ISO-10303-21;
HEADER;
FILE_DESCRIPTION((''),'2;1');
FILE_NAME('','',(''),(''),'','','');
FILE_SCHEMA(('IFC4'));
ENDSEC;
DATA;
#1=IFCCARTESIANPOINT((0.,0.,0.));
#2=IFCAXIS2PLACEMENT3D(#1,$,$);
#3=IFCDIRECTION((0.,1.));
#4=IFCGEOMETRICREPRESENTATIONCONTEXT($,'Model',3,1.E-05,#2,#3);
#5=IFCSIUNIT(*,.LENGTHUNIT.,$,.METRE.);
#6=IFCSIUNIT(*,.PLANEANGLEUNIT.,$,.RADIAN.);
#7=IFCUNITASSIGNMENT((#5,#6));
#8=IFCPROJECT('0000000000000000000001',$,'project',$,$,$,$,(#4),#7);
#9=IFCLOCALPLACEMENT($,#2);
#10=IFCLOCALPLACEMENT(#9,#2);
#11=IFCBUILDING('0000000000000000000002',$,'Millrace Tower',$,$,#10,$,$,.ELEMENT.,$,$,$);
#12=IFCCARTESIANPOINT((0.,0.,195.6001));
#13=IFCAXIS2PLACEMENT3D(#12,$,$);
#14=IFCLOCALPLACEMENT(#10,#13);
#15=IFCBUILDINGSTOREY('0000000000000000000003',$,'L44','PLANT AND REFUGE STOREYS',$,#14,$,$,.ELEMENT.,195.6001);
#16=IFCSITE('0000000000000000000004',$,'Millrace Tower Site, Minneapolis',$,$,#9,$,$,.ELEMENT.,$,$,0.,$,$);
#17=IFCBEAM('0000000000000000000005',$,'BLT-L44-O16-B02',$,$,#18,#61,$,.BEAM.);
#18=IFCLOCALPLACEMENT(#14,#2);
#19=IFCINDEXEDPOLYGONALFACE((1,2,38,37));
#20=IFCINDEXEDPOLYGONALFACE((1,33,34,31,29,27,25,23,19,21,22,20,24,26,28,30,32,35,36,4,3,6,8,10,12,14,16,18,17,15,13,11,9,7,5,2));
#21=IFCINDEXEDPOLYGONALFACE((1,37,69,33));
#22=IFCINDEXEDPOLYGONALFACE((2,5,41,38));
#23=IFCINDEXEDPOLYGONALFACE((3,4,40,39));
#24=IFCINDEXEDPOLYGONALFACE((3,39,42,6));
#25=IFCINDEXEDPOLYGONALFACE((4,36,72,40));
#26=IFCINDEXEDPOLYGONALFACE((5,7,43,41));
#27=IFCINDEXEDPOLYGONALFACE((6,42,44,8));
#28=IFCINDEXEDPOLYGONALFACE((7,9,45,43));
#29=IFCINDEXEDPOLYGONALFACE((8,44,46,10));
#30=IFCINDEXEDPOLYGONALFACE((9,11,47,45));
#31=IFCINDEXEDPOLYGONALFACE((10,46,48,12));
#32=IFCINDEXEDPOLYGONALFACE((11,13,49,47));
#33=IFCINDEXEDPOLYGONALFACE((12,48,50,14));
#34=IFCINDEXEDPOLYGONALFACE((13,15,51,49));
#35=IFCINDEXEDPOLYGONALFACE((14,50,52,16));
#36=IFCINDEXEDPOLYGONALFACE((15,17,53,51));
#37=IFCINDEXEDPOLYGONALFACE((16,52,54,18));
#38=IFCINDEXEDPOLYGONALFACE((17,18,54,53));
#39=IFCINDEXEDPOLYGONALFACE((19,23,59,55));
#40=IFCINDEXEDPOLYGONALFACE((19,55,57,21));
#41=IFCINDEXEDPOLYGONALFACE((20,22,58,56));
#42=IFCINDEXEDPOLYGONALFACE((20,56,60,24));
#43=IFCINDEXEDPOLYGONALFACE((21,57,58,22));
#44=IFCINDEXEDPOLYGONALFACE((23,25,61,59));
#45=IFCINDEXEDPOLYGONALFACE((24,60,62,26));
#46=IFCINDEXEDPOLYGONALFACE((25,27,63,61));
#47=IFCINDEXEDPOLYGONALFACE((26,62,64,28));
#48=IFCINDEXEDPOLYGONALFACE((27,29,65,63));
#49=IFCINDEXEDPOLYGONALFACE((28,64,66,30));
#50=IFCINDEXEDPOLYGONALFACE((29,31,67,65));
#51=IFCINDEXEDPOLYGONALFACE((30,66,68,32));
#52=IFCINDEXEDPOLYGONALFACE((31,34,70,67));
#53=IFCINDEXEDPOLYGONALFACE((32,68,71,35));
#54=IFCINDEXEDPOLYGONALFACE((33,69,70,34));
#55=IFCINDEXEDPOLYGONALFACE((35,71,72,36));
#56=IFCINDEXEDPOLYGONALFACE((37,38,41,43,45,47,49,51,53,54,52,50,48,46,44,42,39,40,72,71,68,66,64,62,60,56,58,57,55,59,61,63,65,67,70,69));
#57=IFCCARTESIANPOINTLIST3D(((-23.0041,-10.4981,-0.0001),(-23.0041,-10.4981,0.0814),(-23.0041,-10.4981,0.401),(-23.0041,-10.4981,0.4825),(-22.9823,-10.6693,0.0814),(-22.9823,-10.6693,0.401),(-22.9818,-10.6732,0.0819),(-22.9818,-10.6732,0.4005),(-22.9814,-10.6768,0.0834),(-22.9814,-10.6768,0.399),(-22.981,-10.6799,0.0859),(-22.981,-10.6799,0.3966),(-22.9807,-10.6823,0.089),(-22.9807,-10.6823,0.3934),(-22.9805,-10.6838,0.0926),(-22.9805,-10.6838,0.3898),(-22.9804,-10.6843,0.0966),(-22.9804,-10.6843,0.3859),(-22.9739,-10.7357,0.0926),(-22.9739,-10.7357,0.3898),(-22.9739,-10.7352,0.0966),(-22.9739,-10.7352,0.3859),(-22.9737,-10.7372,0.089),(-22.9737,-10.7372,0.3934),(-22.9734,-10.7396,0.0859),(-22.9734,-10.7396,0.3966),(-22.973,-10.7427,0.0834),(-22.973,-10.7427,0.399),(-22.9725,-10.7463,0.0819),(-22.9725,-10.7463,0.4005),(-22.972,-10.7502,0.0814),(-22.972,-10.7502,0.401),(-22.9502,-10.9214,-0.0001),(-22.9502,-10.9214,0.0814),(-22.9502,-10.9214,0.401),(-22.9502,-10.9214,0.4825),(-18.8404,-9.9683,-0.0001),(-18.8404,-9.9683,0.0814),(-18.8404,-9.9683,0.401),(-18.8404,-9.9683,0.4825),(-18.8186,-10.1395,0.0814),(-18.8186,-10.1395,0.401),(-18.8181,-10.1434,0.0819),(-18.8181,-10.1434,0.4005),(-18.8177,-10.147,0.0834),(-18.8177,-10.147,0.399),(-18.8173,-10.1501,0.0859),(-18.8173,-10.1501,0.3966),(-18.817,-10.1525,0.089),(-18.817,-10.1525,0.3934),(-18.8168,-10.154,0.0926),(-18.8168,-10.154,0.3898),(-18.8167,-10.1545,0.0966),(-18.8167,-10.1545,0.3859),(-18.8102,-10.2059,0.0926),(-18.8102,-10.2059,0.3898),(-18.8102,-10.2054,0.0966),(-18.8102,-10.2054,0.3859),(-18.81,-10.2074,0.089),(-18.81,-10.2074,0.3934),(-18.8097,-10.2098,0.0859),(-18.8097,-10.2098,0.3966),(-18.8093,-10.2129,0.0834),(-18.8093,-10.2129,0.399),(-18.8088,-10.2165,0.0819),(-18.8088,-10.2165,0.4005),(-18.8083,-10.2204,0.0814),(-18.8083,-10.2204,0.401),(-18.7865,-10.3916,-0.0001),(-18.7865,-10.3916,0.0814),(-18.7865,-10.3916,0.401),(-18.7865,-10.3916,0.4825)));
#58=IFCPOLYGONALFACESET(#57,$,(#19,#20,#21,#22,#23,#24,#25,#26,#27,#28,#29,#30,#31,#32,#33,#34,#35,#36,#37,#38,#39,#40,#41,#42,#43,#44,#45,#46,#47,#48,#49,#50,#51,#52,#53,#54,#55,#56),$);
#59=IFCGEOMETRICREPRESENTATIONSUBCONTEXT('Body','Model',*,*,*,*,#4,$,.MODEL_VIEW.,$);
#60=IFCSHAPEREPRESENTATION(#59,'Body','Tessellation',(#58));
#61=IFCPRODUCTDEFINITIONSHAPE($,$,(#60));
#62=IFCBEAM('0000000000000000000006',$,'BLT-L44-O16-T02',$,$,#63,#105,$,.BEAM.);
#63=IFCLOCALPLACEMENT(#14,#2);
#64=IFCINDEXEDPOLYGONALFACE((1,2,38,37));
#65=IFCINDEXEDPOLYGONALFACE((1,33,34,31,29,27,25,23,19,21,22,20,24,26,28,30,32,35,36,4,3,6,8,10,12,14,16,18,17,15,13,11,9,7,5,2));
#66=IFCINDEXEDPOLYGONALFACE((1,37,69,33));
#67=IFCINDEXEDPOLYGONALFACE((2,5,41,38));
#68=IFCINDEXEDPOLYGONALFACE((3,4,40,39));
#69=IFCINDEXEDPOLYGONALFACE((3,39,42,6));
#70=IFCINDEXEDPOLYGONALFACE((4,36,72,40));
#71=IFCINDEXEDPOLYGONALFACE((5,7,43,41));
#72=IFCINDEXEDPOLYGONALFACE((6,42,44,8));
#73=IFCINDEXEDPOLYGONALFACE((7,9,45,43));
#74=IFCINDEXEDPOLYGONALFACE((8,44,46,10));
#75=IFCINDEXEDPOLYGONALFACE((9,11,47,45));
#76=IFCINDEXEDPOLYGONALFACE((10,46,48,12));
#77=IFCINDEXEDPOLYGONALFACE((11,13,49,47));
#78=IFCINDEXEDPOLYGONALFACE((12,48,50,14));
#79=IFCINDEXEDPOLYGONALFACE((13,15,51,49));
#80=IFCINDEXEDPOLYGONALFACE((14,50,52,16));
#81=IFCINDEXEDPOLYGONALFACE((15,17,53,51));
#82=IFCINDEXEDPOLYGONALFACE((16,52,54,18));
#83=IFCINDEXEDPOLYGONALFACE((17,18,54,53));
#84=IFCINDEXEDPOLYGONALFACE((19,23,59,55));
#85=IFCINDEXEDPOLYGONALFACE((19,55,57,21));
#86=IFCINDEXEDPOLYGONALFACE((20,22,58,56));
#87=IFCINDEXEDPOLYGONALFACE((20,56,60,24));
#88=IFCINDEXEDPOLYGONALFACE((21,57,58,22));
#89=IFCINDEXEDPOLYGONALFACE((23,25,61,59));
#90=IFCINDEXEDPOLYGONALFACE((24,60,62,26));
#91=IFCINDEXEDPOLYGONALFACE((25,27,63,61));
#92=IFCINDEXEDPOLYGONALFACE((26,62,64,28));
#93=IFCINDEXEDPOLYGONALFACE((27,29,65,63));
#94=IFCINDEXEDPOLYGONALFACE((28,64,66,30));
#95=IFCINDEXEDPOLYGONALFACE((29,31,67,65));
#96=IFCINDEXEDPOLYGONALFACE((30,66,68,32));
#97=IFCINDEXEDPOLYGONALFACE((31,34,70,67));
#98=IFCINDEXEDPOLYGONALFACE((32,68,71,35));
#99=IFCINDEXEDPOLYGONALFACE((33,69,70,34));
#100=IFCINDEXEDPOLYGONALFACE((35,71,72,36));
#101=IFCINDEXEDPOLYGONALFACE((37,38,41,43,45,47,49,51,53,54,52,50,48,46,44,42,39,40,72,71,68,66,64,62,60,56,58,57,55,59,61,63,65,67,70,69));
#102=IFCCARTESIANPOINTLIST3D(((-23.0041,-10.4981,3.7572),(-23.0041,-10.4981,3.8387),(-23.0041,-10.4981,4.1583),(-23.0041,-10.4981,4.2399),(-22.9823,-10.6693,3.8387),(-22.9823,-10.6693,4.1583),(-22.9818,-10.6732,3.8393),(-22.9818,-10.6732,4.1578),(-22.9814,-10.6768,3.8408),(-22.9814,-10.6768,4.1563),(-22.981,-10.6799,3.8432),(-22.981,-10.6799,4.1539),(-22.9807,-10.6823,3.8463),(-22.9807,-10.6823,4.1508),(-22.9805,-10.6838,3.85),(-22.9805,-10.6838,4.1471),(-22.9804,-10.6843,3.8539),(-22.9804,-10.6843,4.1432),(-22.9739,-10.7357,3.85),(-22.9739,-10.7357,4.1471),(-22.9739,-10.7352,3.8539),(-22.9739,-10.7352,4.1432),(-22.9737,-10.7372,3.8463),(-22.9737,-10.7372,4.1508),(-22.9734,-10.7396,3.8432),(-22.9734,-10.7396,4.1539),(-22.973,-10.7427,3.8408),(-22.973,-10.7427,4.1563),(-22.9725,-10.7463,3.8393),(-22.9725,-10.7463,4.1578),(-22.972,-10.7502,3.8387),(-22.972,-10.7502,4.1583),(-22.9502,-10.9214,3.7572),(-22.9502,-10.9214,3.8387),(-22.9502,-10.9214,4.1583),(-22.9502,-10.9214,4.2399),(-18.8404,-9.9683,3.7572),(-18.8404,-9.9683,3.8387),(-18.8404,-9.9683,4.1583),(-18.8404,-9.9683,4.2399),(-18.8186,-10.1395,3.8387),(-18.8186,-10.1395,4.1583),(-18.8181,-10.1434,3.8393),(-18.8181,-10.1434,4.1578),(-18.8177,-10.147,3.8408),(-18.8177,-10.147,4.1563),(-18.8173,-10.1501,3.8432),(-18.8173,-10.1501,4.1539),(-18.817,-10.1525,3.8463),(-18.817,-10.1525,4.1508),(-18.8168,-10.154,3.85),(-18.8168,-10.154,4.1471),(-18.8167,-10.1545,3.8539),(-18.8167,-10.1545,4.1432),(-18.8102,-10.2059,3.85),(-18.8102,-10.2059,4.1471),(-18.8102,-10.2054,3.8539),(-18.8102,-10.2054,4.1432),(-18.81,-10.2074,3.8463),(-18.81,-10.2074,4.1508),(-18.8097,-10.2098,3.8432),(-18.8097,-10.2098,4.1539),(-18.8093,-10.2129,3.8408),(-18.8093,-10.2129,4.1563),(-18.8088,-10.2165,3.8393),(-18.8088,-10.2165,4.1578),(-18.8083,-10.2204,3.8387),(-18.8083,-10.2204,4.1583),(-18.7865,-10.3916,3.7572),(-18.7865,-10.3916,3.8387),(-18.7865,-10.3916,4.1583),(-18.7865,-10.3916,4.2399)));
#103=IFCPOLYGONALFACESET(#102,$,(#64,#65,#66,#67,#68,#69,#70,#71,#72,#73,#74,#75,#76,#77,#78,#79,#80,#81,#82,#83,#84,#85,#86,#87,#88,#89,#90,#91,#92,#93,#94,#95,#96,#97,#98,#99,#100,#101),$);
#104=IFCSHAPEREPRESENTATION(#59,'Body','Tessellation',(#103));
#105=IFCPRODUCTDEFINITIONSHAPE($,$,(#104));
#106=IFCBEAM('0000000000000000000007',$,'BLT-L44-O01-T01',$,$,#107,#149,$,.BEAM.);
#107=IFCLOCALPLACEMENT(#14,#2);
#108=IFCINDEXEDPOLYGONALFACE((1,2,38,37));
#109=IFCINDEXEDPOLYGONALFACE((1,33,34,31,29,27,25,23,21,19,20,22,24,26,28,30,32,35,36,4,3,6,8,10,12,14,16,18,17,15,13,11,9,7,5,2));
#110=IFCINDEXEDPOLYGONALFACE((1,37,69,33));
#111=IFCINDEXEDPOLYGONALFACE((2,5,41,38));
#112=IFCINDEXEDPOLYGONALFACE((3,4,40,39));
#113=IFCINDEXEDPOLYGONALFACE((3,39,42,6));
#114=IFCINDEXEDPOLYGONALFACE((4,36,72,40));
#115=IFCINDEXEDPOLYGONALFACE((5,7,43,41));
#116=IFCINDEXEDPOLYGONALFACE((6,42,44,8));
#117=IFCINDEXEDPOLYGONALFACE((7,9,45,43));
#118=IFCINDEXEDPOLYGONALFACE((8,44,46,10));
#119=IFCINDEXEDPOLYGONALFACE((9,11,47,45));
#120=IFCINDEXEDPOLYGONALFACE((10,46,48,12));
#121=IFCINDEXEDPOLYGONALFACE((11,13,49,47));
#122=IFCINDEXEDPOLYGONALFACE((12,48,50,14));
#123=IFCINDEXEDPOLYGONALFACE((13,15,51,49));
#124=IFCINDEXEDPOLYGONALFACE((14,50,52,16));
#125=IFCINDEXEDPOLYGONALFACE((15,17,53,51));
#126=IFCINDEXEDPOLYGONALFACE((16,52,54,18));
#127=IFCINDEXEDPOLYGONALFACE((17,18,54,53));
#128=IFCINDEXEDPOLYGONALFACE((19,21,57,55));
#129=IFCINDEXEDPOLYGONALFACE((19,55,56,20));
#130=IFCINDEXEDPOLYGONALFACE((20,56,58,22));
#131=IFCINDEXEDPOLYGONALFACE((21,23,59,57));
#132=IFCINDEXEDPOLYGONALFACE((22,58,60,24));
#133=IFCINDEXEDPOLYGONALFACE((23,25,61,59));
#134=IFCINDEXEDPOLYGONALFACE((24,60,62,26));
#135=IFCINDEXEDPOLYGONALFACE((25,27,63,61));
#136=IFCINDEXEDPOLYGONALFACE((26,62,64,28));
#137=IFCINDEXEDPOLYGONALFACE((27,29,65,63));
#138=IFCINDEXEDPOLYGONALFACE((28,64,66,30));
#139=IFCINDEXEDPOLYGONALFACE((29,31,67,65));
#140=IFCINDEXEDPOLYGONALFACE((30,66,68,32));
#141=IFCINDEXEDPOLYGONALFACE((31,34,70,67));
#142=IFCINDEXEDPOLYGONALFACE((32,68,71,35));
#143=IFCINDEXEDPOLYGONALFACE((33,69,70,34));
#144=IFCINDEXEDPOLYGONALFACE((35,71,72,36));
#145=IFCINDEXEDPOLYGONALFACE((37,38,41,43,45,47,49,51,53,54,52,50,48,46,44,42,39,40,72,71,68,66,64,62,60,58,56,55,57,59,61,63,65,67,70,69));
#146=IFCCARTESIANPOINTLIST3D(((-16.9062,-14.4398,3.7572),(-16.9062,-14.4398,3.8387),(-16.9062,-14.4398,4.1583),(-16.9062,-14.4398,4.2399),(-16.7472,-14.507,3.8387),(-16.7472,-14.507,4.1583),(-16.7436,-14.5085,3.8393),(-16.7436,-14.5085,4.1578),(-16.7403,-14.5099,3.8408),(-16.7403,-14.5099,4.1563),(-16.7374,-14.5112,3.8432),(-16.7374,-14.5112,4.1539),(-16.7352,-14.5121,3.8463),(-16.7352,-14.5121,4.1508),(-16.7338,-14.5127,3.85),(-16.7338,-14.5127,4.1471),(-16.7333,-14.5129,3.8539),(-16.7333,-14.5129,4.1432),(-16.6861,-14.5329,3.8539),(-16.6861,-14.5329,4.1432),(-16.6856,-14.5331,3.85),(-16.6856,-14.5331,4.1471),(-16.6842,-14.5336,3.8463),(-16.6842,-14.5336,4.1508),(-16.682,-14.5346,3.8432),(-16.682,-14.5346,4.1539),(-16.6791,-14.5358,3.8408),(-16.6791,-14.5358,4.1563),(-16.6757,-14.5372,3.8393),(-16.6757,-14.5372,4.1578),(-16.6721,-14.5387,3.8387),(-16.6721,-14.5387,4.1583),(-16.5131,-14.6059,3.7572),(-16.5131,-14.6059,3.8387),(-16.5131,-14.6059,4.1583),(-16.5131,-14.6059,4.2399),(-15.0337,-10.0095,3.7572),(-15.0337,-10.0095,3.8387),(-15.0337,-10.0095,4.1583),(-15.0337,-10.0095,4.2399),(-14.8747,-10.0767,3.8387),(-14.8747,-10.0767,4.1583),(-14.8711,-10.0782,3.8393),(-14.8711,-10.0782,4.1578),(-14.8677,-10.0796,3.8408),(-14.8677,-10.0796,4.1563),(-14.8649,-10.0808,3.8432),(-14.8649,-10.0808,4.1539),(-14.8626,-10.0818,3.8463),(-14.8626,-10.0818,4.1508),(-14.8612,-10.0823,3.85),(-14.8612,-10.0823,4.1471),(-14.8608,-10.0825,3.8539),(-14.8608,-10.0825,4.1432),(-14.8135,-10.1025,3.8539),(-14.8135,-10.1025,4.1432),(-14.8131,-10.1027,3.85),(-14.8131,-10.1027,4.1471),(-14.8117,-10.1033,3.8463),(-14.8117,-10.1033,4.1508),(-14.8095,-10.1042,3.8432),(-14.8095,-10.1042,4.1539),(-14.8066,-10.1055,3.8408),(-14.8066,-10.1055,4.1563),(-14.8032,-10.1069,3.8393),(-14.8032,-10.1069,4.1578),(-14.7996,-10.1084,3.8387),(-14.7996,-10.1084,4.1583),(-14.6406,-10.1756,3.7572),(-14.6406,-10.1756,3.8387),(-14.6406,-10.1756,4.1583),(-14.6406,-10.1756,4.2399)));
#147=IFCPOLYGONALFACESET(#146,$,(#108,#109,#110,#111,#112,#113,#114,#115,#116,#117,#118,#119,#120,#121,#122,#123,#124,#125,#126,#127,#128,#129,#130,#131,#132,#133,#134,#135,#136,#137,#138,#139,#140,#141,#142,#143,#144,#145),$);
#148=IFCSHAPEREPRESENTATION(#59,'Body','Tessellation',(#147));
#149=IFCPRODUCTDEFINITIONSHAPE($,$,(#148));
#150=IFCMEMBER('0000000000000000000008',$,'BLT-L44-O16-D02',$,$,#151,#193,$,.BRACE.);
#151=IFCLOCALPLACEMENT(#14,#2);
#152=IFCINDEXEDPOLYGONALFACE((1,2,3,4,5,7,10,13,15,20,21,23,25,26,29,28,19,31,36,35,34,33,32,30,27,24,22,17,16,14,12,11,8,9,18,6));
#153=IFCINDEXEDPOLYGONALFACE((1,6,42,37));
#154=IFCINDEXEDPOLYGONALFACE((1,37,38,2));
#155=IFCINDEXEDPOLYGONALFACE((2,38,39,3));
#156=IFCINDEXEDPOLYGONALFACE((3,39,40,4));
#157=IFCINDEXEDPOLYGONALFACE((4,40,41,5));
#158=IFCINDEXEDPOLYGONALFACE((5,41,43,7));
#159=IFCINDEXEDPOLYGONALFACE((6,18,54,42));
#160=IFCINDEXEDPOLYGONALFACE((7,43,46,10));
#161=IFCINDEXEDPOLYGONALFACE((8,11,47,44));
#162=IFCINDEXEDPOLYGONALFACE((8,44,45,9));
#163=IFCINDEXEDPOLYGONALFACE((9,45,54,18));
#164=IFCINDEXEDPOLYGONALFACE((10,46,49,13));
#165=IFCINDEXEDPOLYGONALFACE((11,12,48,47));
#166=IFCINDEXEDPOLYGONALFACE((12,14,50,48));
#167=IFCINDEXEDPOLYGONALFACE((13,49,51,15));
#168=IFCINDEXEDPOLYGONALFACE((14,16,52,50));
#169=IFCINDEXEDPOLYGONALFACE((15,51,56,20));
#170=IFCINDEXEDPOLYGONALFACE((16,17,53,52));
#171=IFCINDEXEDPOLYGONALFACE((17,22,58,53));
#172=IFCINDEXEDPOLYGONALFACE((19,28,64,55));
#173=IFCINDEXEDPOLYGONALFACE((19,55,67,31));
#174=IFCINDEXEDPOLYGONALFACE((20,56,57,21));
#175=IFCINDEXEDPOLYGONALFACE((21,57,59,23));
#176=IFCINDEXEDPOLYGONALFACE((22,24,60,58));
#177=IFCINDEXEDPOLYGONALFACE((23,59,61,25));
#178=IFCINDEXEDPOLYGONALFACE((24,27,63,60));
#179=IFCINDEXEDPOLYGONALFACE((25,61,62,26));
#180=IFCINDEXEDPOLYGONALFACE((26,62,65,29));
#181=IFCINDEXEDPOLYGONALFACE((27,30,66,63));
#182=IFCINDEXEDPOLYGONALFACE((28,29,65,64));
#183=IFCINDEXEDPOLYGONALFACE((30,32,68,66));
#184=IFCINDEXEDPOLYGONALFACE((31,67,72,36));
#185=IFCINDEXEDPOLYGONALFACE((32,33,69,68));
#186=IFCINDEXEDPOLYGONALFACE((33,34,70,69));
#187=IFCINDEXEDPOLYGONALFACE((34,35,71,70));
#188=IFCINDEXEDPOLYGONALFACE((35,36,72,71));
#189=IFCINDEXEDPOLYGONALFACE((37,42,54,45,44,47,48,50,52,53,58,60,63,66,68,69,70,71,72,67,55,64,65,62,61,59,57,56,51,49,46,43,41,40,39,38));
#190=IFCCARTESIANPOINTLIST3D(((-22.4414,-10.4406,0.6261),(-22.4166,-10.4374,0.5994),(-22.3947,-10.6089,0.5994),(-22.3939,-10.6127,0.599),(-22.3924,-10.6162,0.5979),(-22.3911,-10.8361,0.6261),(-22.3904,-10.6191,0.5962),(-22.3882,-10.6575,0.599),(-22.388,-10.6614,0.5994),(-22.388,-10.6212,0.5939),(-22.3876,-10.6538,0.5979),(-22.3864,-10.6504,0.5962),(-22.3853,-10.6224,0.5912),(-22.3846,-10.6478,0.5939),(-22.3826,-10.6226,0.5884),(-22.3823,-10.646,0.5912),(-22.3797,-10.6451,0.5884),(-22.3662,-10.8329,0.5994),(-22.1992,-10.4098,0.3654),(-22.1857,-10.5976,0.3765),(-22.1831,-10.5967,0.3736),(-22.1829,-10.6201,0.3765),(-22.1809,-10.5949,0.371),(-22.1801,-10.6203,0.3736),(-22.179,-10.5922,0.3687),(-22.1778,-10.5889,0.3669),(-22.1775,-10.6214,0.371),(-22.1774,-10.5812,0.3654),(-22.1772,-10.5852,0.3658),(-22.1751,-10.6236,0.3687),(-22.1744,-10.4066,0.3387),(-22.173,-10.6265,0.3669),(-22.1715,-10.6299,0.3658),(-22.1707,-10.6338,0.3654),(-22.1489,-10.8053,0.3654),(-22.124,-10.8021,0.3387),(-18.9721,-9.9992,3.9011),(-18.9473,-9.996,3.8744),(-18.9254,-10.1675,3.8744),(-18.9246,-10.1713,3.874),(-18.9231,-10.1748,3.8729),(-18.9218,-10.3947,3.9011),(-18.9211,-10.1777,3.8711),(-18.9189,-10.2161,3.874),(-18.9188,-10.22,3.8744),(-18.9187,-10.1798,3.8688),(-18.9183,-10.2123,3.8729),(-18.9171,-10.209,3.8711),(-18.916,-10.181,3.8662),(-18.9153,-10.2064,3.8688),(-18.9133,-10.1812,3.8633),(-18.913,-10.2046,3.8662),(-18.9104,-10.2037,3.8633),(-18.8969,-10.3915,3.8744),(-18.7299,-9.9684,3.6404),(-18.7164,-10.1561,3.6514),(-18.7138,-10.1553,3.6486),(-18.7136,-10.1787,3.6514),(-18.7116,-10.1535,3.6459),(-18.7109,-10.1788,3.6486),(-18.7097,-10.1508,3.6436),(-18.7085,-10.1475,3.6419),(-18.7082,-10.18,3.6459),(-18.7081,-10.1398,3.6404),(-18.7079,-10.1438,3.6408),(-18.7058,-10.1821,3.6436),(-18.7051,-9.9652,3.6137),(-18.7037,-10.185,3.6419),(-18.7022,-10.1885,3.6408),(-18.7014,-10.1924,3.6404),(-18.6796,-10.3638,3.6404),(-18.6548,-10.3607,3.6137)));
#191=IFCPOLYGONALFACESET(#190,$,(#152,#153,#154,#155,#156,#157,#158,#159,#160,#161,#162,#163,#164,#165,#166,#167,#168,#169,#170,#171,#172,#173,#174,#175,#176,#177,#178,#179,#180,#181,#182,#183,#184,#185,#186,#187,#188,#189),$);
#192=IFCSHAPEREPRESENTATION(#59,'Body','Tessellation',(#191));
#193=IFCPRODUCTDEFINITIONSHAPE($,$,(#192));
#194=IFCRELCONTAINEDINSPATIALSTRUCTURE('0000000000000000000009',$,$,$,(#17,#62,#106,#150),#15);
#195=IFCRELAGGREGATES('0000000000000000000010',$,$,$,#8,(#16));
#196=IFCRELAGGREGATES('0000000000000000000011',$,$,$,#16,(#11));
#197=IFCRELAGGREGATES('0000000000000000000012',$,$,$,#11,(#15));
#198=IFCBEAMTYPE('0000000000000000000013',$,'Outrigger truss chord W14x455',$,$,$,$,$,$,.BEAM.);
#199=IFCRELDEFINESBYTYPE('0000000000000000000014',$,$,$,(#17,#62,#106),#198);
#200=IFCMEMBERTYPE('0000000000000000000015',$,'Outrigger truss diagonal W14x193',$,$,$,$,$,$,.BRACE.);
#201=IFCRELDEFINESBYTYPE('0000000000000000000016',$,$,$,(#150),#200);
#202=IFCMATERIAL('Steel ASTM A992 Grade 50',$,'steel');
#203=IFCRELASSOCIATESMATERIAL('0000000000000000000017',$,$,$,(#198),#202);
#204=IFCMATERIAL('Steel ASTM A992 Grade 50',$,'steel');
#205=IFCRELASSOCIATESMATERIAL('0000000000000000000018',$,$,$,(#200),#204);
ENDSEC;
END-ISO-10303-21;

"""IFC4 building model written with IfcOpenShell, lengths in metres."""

from ifc_helpers import new_model, si_unit, direction, frame, origin, origin_2d, place, context, subcontext, project, spatial, i_section, extrude, material, material_profile, profile_set, type_object, element, save


model = new_model("IFC4")

# Units and contexts
model_context = context("Model", 3, precision=1e-05, world=origin(), true_north=direction((0.0, 1.0)))
body_context = subcontext(model_context, "Body", "Model", "MODEL_VIEW")
ifc_project = project(units=[si_unit("LENGTHUNIT", "METRE"), si_unit("PLANEANGLEUNIT", "RADIAN")], contexts=[model_context])

# Site, building, storey
site_placement = place(None, origin())
site = spatial("IfcSite", under=ifc_project, at=site_placement, Name="Millrace Tower Site, Minneapolis", CompositionType="ELEMENT", RefElevation=0.0)
building_placement = place(site_placement, origin())
building = spatial("IfcBuilding", under=site, at=building_placement, Name="Millrace Tower", CompositionType="ELEMENT")
storey_placement = place(building_placement, frame((0.0, 0.0, 195.6001)))
storey = spatial("IfcBuildingStorey", under=building, at=storey_placement, Name="L44", Description="PLANT AND REFUGE STOREYS", CompositionType="ELEMENT", Elevation=195.6001)

# Beams
ifc_material_1 = material(Name="Steel ASTM A992 Grade 50", Category="steel")
ifc_material_profile_1 = material_profile(ifc_material_1, i_section(OverallWidth=0.4268, OverallDepth=0.4827, WebThickness=0.0513, FlangeThickness=0.0815, FilletRadius=0.0151, at=origin_2d()))
ifc_profile_set_1 = profile_set([ifc_material_profile_1], Name="Steel ASTM A992 Grade 50")
beam_type_1 = type_object("IfcBeamType", Name="Outrigger truss chord W14x455", PredefinedType="BEAM", material=ifc_profile_set_1)
for number, where, z_axis, x_axis, name in (
    (1, (-18.8135, -10.1799, 0.2412), (-0.992002, -0.126225, 0.0), (0.126225, -0.992002, 0.0), "BLT-L44-O16-B02"),
    (2, (-18.8135, -10.1799, 3.9985), (-0.992002, -0.126225, 0.0), (0.126225, -0.992002, 0.0), "BLT-L44-O16-T02"),
):
    element("IfcBeam", number, at=place(storey_placement, frame(where, z_axis=z_axis, x_axis=x_axis)), inside=storey, type_object=beam_type_1, Name=name, PredefinedType="BEAM", context=body_context, shape_type="SweptSolid", body=[
        extrude(i_section(OverallWidth=0.4268, OverallDepth=0.4827, WebThickness=0.0513, FlangeThickness=0.0815, FilletRadius=0.0151, at=origin_2d()), origin(), (0.0, 0.0, 1.0), 4.1973),
    ])
beam_1_placement = place(storey_placement, frame((-14.8372, -10.0925, 3.9985), z_axis=(-0.389314, -0.921105, 0.0), x_axis=(0.921105, -0.389314, 0.0)))
element("IfcBeam", 3, at=beam_1_placement, inside=storey, type_object=beam_type_1, Name="BLT-L44-O01-T01", PredefinedType="BEAM", context=body_context, shape_type="SweptSolid", body=[
    extrude(i_section(OverallWidth=0.4268, OverallDepth=0.4827, WebThickness=0.0513, FlangeThickness=0.0815, FilletRadius=0.0151, at=origin_2d()), origin(), (0.0, 0.0, 1.0), 4.8098),
])

# Member
ifc_material_2 = material(Name="Steel ASTM A992 Grade 50", Category="steel")
ifc_material_profile_2 = material_profile(ifc_material_2, i_section(OverallWidth=0.3987, OverallDepth=0.3938, WebThickness=0.0227, FlangeThickness=0.0366, FilletRadius=0.0151, at=origin_2d()))
ifc_profile_set_2 = profile_set([ifc_material_profile_2], Name="Steel ASTM A992 Grade 50")
member_type_1 = type_object("IfcMemberType", Name="Outrigger truss diagonal W14x193", PredefinedType="BRACE", material=ifc_profile_set_2)
member_1_placement = place(storey_placement, frame((-22.2827, -10.6213, 0.4824), z_axis=(0.724088, 0.092129, 0.683527), x_axis=(-0.126217, 0.992003, 0.0)))
element("IfcMember", 4, at=member_1_placement, inside=storey, type_object=member_type_1, Name="BLT-L44-O16-D02", PredefinedType="BRACE", context=body_context, shape_type="SweptSolid", body=[
    extrude(i_section(OverallWidth=0.3987, OverallDepth=0.3938, WebThickness=0.0227, FlangeThickness=0.0366, FilletRadius=0.0151, at=origin_2d()), origin(), (0.0, 0.0, 1.0), 4.7913),
])

save(model, "model.ifc")
